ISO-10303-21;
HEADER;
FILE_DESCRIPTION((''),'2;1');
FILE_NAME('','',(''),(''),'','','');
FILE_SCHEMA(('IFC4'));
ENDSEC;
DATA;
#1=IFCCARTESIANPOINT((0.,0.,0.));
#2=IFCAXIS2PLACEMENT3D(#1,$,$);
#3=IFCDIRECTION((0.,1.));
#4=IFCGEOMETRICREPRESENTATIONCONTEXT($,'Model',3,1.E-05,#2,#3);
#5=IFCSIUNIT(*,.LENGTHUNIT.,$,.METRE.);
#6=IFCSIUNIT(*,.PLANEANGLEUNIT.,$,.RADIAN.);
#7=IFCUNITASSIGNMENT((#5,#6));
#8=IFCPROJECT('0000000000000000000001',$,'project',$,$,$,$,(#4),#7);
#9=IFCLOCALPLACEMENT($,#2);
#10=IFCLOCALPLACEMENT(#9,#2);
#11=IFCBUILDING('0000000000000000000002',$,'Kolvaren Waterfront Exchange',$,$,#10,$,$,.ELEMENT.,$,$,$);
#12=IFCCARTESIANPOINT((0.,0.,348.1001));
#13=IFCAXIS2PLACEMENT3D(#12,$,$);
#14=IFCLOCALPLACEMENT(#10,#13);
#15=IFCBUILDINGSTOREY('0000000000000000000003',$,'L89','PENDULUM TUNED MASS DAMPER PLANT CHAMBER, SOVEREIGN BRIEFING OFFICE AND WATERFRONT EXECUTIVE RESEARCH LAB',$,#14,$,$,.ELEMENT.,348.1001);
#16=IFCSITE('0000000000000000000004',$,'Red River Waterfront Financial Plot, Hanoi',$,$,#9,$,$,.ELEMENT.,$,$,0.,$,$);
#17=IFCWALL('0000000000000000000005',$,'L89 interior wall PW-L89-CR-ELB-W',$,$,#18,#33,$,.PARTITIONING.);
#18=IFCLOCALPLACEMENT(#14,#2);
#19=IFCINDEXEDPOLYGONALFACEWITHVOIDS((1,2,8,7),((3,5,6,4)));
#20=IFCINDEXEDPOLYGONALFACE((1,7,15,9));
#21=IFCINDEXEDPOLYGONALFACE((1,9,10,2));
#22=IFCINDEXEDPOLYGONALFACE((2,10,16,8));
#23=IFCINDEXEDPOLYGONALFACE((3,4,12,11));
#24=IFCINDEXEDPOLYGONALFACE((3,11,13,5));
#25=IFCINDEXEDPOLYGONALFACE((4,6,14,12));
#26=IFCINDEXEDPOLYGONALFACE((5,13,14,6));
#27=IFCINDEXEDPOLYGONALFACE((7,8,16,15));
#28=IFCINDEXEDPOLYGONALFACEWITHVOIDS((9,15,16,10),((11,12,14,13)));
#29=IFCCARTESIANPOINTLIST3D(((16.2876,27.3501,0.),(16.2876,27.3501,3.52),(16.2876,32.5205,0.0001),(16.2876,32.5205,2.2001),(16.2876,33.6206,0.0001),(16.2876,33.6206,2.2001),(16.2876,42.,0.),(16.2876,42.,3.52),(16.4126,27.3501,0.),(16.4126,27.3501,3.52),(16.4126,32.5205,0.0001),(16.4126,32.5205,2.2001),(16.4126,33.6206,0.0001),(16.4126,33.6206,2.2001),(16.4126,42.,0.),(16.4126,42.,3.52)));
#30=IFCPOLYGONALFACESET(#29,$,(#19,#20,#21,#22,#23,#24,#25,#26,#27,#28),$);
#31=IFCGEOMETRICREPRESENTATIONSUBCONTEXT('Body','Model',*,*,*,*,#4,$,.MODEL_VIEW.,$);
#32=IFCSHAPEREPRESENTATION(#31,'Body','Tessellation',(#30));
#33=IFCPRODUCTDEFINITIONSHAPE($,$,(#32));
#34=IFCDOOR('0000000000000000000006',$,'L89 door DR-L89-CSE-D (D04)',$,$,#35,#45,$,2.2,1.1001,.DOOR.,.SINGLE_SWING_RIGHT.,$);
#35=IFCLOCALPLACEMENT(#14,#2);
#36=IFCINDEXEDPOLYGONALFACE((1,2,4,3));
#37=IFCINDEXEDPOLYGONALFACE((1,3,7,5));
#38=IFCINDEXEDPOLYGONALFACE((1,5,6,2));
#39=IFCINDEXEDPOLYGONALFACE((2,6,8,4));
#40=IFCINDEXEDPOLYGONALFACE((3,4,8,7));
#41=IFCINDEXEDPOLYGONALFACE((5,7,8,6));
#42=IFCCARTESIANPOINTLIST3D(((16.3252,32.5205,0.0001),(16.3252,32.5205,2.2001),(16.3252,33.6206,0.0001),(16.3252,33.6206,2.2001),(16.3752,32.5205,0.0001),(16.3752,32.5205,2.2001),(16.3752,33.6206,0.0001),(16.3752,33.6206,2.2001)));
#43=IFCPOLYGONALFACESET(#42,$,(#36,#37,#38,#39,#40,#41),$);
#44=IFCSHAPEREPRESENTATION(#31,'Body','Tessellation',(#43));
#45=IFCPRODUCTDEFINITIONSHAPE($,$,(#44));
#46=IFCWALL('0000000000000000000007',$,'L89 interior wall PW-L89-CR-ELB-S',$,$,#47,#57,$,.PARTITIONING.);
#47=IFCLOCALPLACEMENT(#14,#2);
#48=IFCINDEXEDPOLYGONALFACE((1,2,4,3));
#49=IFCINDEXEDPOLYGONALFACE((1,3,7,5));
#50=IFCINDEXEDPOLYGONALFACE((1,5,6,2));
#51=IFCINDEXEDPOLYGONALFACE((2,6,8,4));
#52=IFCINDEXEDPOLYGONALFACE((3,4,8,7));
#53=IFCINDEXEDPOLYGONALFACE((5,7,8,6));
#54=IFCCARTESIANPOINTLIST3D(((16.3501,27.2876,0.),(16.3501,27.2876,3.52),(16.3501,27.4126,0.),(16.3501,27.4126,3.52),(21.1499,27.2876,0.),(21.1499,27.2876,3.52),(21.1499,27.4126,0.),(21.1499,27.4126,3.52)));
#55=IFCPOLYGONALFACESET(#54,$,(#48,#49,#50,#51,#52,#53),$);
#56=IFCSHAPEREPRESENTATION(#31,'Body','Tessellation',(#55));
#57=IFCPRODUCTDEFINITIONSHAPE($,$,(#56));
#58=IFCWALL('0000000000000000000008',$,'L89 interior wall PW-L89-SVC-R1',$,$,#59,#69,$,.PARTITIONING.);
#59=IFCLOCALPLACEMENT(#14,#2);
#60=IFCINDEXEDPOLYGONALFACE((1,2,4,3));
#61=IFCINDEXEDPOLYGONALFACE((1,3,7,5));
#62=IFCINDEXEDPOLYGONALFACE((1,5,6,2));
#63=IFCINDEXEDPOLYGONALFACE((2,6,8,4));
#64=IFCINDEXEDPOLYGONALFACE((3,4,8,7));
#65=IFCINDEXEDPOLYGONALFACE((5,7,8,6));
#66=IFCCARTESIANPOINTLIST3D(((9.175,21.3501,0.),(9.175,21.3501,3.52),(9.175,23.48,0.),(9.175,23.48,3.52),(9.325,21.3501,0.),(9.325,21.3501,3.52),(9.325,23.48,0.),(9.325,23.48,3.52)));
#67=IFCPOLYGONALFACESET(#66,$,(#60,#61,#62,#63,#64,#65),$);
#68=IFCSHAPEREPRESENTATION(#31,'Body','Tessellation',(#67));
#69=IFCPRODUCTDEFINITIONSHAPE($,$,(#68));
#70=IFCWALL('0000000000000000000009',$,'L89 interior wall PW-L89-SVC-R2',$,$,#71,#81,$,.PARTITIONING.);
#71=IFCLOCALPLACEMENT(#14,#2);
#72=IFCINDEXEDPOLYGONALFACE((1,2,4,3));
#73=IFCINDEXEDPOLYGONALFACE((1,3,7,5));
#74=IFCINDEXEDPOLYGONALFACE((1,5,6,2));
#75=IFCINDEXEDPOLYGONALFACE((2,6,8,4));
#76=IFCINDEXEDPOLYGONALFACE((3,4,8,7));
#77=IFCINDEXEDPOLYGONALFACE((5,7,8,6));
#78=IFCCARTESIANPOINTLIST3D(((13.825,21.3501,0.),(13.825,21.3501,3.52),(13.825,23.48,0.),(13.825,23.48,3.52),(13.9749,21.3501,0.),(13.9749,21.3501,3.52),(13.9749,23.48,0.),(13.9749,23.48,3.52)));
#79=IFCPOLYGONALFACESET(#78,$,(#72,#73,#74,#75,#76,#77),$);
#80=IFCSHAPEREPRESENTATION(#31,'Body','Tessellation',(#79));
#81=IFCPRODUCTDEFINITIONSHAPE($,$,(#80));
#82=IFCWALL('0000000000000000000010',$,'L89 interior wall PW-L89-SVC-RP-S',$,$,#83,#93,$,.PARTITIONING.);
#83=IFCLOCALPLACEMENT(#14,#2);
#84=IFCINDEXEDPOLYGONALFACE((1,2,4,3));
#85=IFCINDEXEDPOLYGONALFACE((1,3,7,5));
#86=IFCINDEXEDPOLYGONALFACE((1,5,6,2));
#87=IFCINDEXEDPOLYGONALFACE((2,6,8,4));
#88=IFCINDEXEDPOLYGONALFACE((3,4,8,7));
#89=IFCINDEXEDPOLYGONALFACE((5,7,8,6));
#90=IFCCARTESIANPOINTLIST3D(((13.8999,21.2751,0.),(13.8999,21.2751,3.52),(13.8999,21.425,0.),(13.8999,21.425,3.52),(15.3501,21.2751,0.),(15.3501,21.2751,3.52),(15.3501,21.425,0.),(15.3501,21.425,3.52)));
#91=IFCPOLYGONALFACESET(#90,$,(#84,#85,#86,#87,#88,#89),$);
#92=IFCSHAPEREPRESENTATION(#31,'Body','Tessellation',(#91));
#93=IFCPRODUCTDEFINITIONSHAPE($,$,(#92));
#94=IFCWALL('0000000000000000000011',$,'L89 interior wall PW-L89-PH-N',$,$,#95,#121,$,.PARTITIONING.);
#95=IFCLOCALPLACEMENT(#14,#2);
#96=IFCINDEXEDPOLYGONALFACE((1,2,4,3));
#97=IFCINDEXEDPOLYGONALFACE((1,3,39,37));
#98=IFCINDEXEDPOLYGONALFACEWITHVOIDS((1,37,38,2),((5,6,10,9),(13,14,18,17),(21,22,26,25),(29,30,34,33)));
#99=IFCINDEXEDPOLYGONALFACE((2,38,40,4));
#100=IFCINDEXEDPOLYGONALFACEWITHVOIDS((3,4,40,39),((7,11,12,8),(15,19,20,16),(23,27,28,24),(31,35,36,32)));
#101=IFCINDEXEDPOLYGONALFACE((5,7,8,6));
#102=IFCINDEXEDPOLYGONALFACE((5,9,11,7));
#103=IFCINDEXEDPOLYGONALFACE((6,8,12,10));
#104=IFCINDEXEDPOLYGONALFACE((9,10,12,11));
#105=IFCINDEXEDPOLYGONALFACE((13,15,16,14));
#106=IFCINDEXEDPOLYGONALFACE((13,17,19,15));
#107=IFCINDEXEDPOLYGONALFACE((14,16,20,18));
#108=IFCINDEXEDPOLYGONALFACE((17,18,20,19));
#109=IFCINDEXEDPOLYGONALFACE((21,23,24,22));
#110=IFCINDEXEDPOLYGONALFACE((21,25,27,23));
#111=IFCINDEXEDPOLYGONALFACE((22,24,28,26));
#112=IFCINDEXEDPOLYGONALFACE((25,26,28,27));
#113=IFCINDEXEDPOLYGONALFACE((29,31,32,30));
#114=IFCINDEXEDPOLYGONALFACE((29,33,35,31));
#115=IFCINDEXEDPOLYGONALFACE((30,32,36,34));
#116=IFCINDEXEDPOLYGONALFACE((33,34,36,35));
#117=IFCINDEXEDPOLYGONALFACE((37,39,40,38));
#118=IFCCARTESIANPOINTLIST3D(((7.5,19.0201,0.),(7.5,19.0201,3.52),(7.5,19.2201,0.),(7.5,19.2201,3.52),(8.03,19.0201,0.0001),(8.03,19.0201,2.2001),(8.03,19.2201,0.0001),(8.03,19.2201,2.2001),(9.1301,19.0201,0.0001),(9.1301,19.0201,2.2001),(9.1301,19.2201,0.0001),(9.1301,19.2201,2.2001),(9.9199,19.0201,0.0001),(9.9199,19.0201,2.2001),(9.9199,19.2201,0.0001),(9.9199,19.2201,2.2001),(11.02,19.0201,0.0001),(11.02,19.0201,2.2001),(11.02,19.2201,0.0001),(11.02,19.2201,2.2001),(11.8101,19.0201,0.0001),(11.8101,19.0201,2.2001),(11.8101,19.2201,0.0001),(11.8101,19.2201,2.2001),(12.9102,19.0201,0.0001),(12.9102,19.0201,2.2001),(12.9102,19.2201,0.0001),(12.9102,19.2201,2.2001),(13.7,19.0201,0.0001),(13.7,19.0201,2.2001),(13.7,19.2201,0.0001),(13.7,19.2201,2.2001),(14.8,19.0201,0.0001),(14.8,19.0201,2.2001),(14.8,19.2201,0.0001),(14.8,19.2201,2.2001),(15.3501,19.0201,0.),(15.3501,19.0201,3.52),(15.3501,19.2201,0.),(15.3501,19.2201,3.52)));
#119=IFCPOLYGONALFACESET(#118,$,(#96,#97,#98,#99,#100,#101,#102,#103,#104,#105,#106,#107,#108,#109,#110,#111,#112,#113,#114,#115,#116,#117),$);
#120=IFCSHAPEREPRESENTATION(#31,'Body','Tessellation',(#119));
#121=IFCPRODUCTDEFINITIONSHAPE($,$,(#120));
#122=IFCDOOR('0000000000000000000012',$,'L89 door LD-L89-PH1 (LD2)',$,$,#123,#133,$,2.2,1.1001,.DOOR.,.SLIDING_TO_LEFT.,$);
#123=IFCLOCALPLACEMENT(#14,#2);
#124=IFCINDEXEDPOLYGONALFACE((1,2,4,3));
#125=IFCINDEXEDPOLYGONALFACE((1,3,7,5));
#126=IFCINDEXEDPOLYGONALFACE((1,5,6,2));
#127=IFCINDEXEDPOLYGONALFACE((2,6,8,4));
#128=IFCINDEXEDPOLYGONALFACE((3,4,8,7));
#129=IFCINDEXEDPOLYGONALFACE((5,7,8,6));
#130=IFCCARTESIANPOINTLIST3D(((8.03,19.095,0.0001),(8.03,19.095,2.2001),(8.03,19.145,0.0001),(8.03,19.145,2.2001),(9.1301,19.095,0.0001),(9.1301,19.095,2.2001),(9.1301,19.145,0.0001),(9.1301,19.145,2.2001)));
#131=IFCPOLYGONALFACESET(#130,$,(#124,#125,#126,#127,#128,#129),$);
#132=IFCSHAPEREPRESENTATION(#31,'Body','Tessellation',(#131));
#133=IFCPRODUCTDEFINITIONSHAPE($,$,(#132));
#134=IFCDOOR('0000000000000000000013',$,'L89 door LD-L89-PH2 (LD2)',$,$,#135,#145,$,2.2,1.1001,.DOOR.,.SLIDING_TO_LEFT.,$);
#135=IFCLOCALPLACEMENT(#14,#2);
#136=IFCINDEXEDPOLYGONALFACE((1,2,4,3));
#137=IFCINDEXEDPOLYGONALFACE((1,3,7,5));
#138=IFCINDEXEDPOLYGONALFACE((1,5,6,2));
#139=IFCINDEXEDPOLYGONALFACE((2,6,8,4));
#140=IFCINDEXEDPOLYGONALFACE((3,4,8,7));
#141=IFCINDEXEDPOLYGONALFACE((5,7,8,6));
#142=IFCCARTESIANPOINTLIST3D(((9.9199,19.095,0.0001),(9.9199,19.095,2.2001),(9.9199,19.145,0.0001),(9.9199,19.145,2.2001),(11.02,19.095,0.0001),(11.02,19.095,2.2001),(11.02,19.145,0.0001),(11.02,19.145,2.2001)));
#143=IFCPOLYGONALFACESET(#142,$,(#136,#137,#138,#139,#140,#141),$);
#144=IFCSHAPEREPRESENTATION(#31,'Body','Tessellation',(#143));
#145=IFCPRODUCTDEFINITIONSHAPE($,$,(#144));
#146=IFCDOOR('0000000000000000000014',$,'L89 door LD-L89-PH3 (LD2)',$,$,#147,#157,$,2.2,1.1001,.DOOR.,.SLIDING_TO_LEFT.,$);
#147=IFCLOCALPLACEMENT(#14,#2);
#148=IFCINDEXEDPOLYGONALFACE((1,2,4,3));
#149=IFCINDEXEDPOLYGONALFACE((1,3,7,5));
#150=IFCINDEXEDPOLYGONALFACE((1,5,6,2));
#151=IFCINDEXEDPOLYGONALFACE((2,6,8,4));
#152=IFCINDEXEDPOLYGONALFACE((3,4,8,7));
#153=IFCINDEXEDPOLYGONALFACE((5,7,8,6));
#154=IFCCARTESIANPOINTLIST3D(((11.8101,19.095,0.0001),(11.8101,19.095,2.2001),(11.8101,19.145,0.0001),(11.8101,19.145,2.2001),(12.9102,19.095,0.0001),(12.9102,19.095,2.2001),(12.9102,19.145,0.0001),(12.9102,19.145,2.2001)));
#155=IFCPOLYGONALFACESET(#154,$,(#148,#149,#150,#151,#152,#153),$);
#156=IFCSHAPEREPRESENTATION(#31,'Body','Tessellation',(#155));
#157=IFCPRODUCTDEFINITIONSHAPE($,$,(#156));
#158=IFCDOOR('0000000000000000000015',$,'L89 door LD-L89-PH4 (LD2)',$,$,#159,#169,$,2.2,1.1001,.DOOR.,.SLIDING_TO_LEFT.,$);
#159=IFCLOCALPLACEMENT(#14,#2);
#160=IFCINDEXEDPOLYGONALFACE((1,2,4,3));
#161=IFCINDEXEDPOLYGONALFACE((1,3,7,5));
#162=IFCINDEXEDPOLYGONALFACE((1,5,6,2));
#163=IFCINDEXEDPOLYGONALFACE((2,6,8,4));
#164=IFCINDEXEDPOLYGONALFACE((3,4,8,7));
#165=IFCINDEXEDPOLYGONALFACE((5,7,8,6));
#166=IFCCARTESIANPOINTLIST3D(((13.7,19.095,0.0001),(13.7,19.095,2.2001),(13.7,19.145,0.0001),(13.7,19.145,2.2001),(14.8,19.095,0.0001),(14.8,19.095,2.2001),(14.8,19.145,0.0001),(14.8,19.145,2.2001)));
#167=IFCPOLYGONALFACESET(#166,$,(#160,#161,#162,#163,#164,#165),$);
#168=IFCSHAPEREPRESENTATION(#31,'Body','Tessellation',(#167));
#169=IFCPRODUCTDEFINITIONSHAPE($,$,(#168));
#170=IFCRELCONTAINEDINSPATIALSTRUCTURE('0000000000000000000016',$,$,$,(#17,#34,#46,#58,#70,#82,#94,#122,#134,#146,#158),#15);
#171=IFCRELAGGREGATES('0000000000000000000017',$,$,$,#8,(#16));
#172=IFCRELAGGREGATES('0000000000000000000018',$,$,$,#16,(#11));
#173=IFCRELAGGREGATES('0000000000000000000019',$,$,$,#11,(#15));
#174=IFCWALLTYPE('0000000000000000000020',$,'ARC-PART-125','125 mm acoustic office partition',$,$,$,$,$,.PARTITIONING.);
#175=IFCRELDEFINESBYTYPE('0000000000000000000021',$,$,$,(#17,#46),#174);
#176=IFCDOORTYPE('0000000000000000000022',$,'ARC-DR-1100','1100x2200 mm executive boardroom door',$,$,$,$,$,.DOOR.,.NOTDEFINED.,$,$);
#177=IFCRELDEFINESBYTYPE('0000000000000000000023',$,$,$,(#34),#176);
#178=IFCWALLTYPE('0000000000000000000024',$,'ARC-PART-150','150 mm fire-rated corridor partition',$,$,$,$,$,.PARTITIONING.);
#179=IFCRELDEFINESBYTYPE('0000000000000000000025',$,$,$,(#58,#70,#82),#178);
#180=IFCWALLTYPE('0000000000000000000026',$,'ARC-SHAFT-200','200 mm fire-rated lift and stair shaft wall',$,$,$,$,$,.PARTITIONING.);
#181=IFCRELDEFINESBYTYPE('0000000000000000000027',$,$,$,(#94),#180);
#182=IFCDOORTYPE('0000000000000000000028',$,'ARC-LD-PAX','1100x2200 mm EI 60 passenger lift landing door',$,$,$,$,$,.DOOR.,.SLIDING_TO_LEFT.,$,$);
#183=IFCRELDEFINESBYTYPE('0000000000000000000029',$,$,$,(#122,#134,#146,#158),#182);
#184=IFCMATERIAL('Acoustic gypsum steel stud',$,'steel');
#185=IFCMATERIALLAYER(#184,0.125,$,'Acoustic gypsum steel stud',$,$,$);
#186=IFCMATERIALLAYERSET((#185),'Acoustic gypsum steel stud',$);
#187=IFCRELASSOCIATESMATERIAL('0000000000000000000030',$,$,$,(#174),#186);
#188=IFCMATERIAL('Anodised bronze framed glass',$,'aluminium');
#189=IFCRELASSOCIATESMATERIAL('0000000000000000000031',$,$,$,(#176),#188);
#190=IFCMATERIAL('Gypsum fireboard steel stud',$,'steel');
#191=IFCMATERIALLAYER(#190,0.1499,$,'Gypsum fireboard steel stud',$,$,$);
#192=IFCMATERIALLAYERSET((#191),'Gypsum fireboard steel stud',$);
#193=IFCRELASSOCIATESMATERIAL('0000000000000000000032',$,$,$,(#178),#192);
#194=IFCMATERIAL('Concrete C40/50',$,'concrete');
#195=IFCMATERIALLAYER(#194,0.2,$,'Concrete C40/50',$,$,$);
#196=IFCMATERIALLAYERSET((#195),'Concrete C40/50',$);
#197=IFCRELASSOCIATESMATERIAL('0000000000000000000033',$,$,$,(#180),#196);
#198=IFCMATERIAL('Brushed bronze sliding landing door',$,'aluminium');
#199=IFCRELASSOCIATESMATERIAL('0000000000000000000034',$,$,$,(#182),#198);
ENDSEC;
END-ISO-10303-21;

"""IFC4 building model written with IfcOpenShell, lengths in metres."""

from ifc_helpers import new_model, si_unit, direction, frame, frame_2d, origin, place, context, subcontext, project, spatial, rectangle, extrude, material, layer, layer_set, type_object, element, fill, save


model = new_model("IFC4")

# Units and contexts
model_context = context("Model", 3, precision=1e-05, world=origin(), true_north=direction((0.0, 1.0)))
body_context = subcontext(model_context, "Body", "Model", "MODEL_VIEW")
ifc_project = project(units=[si_unit("LENGTHUNIT", "METRE"), si_unit("PLANEANGLEUNIT", "RADIAN")], contexts=[model_context])

# Site, building, storey
site_placement = place(None, origin())
site = spatial("IfcSite", under=ifc_project, at=site_placement, Name="Red River Waterfront Financial Plot, Hanoi", CompositionType="ELEMENT", RefElevation=0.0)
building_placement = place(site_placement, origin())
building = spatial("IfcBuilding", under=site, at=building_placement, Name="Kolvaren Waterfront Exchange", CompositionType="ELEMENT")
storey_placement = place(building_placement, frame((0.0, 0.0, 348.1001)))
storey = spatial("IfcBuildingStorey", under=building, at=storey_placement, Name="L89", Description="PENDULUM TUNED MASS DAMPER PLANT CHAMBER, SOVEREIGN BRIEFING OFFICE AND WATERFRONT EXECUTIVE RESEARCH LAB", CompositionType="ELEMENT", Elevation=348.1001)

# Shared definitions
ifc_material_1 = material(Name="Acoustic gypsum steel stud", Category="steel")
ifc_layer_1 = layer(ifc_material_1, 0.125, Name="Acoustic gypsum steel stud")
ifc_layer_set_1 = layer_set([ifc_layer_1], Name="Acoustic gypsum steel stud")
wall_type_1 = type_object("IfcWallType", Name="ARC-PART-125", Description="125 mm acoustic office partition", PredefinedType="PARTITIONING", material=ifc_layer_set_1)

# Wall, opening, door
wall_1_placement = place(storey_placement, frame((16.3501, 27.3501, 0.0), z_axis=(0.0, 0.0, 1.0), x_axis=(0.0, 1.0, 0.0)))
wall_1 = element("IfcWall", 1, at=wall_1_placement, inside=storey, type_object=wall_type_1, Name="L89 interior wall PW-L89-CR-ELB-W", PredefinedType="PARTITIONING", context=body_context, shape_type="SweptSolid", body=[
    extrude(rectangle(XDim=14.6499, YDim=0.125, at=frame_2d((7.325, 0.0))), origin(), (0.0, 0.0, 1.0), 3.52),
])
opening_1_placement = place(wall_1_placement, frame((5.1704, 0.0, 0.0)))
opening_1 = element("IfcOpeningElement", 2, at=opening_1_placement, cuts=wall_1, PredefinedType="OPENING", context=body_context, shape_type="SweptSolid", body=[
    extrude(rectangle(XDim=1.1001, YDim=2.2, at=frame_2d((0.55, 1.1001))), frame((0.0, 0.0725, 0.0), z_axis=(0.0, -1.0, 0.0), x_axis=(1.0, 0.0, 0.0)), (0.0, 0.0, 1.0), 0.145),
])
ifc_material_2 = material(Name="Anodised bronze framed glass", Category="aluminium")
door_type_1 = type_object("IfcDoorType", Name="ARC-DR-1100", Description="1100x2200 mm executive boardroom door", OperationType="NOTDEFINED", PredefinedType="DOOR", material=ifc_material_2)
door_1_placement = place(opening_1_placement, origin())
door_1 = element("IfcDoor", 3, at=door_1_placement, inside=storey, type_object=door_type_1, Name="L89 door DR-L89-CSE-D (D04)", OperationType="SINGLE_SWING_RIGHT", OverallHeight=2.2, OverallWidth=1.1001, PredefinedType="DOOR", context=body_context, shape_type="SweptSolid", body=[
    extrude(rectangle(XDim=1.1001, YDim=2.2, at=frame_2d((0.55, 1.1001))), frame((0.0, 0.0249, 0.0), z_axis=(0.0, -1.0, 0.0), x_axis=(1.0, 0.0, 0.0)), (0.0, 0.0, 1.0), 0.05),
])
fill(opening_1, door_1)

# Walls
wall_2_placement = place(storey_placement, frame((16.3501, 27.3501, 0.0), z_axis=(0.0, 0.0, 1.0), x_axis=(1.0, 0.0, 0.0)))
element("IfcWall", 4, at=wall_2_placement, inside=storey, type_object=wall_type_1, Name="L89 interior wall PW-L89-CR-ELB-S", PredefinedType="PARTITIONING", context=body_context, shape_type="SweptSolid", body=[
    extrude(rectangle(XDim=4.7998, YDim=0.125, at=frame_2d((2.3999, 0.0))), origin(), (0.0, 0.0, 1.0), 3.52),
])
ifc_material_3 = material(Name="Gypsum fireboard steel stud", Category="steel")
ifc_layer_2 = layer(ifc_material_3, 0.1499, Name="Gypsum fireboard steel stud")
ifc_layer_set_2 = layer_set([ifc_layer_2], Name="Gypsum fireboard steel stud")
wall_type_2 = type_object("IfcWallType", Name="ARC-PART-150", Description="150 mm fire-rated corridor partition", PredefinedType="PARTITIONING", material=ifc_layer_set_2)
for number, where, z_axis, x_axis, name in (
    (5, (9.25, 21.3501, 0.0), (0.0, 0.0, 1.0), (0.0, 1.0, 0.0), "L89 interior wall PW-L89-SVC-R1"),
    (6, (13.8999, 21.3501, 0.0), (0.0, 0.0, 1.0), (0.0, 1.0, 0.0), "L89 interior wall PW-L89-SVC-R2"),
):
    element("IfcWall", number, at=place(storey_placement, frame(where, z_axis=z_axis, x_axis=x_axis)), inside=storey, type_object=wall_type_2, Name=name, PredefinedType="PARTITIONING", context=body_context, shape_type="SweptSolid", body=[
        extrude(rectangle(XDim=2.1299, YDim=0.1499, at=frame_2d((1.0649, 0.0))), origin(), (0.0, 0.0, 1.0), 3.52),
    ])

# Wall
wall_3_placement = place(storey_placement, frame((13.8999, 21.3501, 0.0), z_axis=(0.0, 0.0, 1.0), x_axis=(1.0, 0.0, 0.0)))
element("IfcWall", 7, at=wall_3_placement, inside=storey, type_object=wall_type_2, Name="L89 interior wall PW-L89-SVC-RP-S", PredefinedType="PARTITIONING", context=body_context, shape_type="SweptSolid", body=[
    extrude(rectangle(XDim=1.4502, YDim=0.1499, at=frame_2d((0.7251, 0.0))), origin(), (0.0, 0.0, 1.0), 3.52),
])

# Wall, openings, doors
ifc_material_4 = material(Name="Concrete C40/50", Category="concrete")
ifc_layer_3 = layer(ifc_material_4, 0.2, Name="Concrete C40/50")
ifc_layer_set_3 = layer_set([ifc_layer_3], Name="Concrete C40/50")
wall_type_3 = type_object("IfcWallType", Name="ARC-SHAFT-200", Description="200 mm fire-rated lift and stair shaft wall", PredefinedType="PARTITIONING", material=ifc_layer_set_3)
wall_4_placement = place(storey_placement, frame((7.5, 19.1201, 0.0), z_axis=(0.0, 0.0, 1.0), x_axis=(1.0, 0.0, 0.0)))
wall_4 = element("IfcWall", 8, at=wall_4_placement, inside=storey, type_object=wall_type_3, Name="L89 interior wall PW-L89-PH-N", PredefinedType="PARTITIONING", context=body_context, shape_type="SweptSolid", body=[
    extrude(rectangle(XDim=7.8501, YDim=0.2, at=frame_2d((3.925, 0.0))), origin(), (0.0, 0.0, 1.0), 3.52),
])
opening_2_placement = place(wall_4_placement, frame((0.53, 0.0, 0.0)))
opening_2 = element("IfcOpeningElement", 9, at=opening_2_placement, cuts=wall_4, PredefinedType="OPENING", context=body_context, shape_type="SweptSolid", body=[
    extrude(rectangle(XDim=1.1001, YDim=2.2, at=frame_2d((0.55, 1.1001))), frame((0.0, 0.1099, 0.0), z_axis=(0.0, -1.0, 0.0), x_axis=(1.0, 0.0, 0.0)), (0.0, 0.0, 1.0), 0.22),
])
opening_3_placement = place(wall_4_placement, frame((2.4199, 0.0, 0.0)))
opening_3 = element("IfcOpeningElement", 10, at=opening_3_placement, cuts=wall_4, PredefinedType="OPENING", context=body_context, shape_type="SweptSolid", body=[
    extrude(rectangle(XDim=1.1001, YDim=2.2, at=frame_2d((0.55, 1.1001))), frame((0.0, 0.1099, 0.0), z_axis=(0.0, -1.0, 0.0), x_axis=(1.0, 0.0, 0.0)), (0.0, 0.0, 1.0), 0.22),
])
opening_4_placement = place(wall_4_placement, frame((4.3101, 0.0, 0.0)))
opening_4 = element("IfcOpeningElement", 11, at=opening_4_placement, cuts=wall_4, PredefinedType="OPENING", context=body_context, shape_type="SweptSolid", body=[
    extrude(rectangle(XDim=1.1001, YDim=2.2, at=frame_2d((0.55, 1.1001))), frame((0.0, 0.1099, 0.0), z_axis=(0.0, -1.0, 0.0), x_axis=(1.0, 0.0, 0.0)), (0.0, 0.0, 1.0), 0.22),
])
opening_5_placement = place(wall_4_placement, frame((6.2, 0.0, 0.0)))
opening_5 = element("IfcOpeningElement", 12, at=opening_5_placement, cuts=wall_4, PredefinedType="OPENING", context=body_context, shape_type="SweptSolid", body=[
    extrude(rectangle(XDim=1.1001, YDim=2.2, at=frame_2d((0.55, 1.1001))), frame((0.0, 0.1099, 0.0), z_axis=(0.0, -1.0, 0.0), x_axis=(1.0, 0.0, 0.0)), (0.0, 0.0, 1.0), 0.22),
])
ifc_material_5 = material(Name="Brushed bronze sliding landing door", Category="aluminium")
door_type_2 = type_object("IfcDoorType", Name="ARC-LD-PAX", Description="1100x2200 mm EI 60 passenger lift landing door", OperationType="SLIDING_TO_LEFT", PredefinedType="DOOR", material=ifc_material_5)
door_2_placement = place(opening_2_placement, origin())
door_2 = element("IfcDoor", 13, at=door_2_placement, inside=storey, type_object=door_type_2, Name="L89 door LD-L89-PH1 (LD2)", OperationType="SLIDING_TO_LEFT", OverallHeight=2.2, OverallWidth=1.1001, PredefinedType="DOOR", context=body_context, shape_type="SweptSolid", body=[
    extrude(rectangle(XDim=1.1001, YDim=2.2, at=frame_2d((0.55, 1.1001))), frame((0.0, 0.0249, 0.0), z_axis=(0.0, -1.0, 0.0), x_axis=(1.0, 0.0, 0.0)), (0.0, 0.0, 1.0), 0.05),
])
fill(opening_2, door_2)
door_3_placement = place(opening_3_placement, origin())
door_3 = element("IfcDoor", 14, at=door_3_placement, inside=storey, type_object=door_type_2, Name="L89 door LD-L89-PH2 (LD2)", OperationType="SLIDING_TO_LEFT", OverallHeight=2.2, OverallWidth=1.1001, PredefinedType="DOOR", context=body_context, shape_type="SweptSolid", body=[
    extrude(rectangle(XDim=1.1001, YDim=2.2, at=frame_2d((0.55, 1.1001))), frame((0.0, 0.0249, 0.0), z_axis=(0.0, -1.0, 0.0), x_axis=(1.0, 0.0, 0.0)), (0.0, 0.0, 1.0), 0.05),
])
fill(opening_3, door_3)
door_4_placement = place(opening_4_placement, origin())
door_4 = element("IfcDoor", 15, at=door_4_placement, inside=storey, type_object=door_type_2, Name="L89 door LD-L89-PH3 (LD2)", OperationType="SLIDING_TO_LEFT", OverallHeight=2.2, OverallWidth=1.1001, PredefinedType="DOOR", context=body_context, shape_type="SweptSolid", body=[
    extrude(rectangle(XDim=1.1001, YDim=2.2, at=frame_2d((0.55, 1.1001))), frame((0.0, 0.0249, 0.0), z_axis=(0.0, -1.0, 0.0), x_axis=(1.0, 0.0, 0.0)), (0.0, 0.0, 1.0), 0.05),
])
fill(opening_4, door_4)
door_5_placement = place(opening_5_placement, origin())
door_5 = element("IfcDoor", 16, at=door_5_placement, inside=storey, type_object=door_type_2, Name="L89 door LD-L89-PH4 (LD2)", OperationType="SLIDING_TO_LEFT", OverallHeight=2.2, OverallWidth=1.1001, PredefinedType="DOOR", context=body_context, shape_type="SweptSolid", body=[
    extrude(rectangle(XDim=1.1001, YDim=2.2, at=frame_2d((0.55, 1.1001))), frame((0.0, 0.0249, 0.0), z_axis=(0.0, -1.0, 0.0), x_axis=(1.0, 0.0, 0.0)), (0.0, 0.0, 1.0), 0.05),
])
fill(opening_5, door_5)

save(model, "model.ifc")
